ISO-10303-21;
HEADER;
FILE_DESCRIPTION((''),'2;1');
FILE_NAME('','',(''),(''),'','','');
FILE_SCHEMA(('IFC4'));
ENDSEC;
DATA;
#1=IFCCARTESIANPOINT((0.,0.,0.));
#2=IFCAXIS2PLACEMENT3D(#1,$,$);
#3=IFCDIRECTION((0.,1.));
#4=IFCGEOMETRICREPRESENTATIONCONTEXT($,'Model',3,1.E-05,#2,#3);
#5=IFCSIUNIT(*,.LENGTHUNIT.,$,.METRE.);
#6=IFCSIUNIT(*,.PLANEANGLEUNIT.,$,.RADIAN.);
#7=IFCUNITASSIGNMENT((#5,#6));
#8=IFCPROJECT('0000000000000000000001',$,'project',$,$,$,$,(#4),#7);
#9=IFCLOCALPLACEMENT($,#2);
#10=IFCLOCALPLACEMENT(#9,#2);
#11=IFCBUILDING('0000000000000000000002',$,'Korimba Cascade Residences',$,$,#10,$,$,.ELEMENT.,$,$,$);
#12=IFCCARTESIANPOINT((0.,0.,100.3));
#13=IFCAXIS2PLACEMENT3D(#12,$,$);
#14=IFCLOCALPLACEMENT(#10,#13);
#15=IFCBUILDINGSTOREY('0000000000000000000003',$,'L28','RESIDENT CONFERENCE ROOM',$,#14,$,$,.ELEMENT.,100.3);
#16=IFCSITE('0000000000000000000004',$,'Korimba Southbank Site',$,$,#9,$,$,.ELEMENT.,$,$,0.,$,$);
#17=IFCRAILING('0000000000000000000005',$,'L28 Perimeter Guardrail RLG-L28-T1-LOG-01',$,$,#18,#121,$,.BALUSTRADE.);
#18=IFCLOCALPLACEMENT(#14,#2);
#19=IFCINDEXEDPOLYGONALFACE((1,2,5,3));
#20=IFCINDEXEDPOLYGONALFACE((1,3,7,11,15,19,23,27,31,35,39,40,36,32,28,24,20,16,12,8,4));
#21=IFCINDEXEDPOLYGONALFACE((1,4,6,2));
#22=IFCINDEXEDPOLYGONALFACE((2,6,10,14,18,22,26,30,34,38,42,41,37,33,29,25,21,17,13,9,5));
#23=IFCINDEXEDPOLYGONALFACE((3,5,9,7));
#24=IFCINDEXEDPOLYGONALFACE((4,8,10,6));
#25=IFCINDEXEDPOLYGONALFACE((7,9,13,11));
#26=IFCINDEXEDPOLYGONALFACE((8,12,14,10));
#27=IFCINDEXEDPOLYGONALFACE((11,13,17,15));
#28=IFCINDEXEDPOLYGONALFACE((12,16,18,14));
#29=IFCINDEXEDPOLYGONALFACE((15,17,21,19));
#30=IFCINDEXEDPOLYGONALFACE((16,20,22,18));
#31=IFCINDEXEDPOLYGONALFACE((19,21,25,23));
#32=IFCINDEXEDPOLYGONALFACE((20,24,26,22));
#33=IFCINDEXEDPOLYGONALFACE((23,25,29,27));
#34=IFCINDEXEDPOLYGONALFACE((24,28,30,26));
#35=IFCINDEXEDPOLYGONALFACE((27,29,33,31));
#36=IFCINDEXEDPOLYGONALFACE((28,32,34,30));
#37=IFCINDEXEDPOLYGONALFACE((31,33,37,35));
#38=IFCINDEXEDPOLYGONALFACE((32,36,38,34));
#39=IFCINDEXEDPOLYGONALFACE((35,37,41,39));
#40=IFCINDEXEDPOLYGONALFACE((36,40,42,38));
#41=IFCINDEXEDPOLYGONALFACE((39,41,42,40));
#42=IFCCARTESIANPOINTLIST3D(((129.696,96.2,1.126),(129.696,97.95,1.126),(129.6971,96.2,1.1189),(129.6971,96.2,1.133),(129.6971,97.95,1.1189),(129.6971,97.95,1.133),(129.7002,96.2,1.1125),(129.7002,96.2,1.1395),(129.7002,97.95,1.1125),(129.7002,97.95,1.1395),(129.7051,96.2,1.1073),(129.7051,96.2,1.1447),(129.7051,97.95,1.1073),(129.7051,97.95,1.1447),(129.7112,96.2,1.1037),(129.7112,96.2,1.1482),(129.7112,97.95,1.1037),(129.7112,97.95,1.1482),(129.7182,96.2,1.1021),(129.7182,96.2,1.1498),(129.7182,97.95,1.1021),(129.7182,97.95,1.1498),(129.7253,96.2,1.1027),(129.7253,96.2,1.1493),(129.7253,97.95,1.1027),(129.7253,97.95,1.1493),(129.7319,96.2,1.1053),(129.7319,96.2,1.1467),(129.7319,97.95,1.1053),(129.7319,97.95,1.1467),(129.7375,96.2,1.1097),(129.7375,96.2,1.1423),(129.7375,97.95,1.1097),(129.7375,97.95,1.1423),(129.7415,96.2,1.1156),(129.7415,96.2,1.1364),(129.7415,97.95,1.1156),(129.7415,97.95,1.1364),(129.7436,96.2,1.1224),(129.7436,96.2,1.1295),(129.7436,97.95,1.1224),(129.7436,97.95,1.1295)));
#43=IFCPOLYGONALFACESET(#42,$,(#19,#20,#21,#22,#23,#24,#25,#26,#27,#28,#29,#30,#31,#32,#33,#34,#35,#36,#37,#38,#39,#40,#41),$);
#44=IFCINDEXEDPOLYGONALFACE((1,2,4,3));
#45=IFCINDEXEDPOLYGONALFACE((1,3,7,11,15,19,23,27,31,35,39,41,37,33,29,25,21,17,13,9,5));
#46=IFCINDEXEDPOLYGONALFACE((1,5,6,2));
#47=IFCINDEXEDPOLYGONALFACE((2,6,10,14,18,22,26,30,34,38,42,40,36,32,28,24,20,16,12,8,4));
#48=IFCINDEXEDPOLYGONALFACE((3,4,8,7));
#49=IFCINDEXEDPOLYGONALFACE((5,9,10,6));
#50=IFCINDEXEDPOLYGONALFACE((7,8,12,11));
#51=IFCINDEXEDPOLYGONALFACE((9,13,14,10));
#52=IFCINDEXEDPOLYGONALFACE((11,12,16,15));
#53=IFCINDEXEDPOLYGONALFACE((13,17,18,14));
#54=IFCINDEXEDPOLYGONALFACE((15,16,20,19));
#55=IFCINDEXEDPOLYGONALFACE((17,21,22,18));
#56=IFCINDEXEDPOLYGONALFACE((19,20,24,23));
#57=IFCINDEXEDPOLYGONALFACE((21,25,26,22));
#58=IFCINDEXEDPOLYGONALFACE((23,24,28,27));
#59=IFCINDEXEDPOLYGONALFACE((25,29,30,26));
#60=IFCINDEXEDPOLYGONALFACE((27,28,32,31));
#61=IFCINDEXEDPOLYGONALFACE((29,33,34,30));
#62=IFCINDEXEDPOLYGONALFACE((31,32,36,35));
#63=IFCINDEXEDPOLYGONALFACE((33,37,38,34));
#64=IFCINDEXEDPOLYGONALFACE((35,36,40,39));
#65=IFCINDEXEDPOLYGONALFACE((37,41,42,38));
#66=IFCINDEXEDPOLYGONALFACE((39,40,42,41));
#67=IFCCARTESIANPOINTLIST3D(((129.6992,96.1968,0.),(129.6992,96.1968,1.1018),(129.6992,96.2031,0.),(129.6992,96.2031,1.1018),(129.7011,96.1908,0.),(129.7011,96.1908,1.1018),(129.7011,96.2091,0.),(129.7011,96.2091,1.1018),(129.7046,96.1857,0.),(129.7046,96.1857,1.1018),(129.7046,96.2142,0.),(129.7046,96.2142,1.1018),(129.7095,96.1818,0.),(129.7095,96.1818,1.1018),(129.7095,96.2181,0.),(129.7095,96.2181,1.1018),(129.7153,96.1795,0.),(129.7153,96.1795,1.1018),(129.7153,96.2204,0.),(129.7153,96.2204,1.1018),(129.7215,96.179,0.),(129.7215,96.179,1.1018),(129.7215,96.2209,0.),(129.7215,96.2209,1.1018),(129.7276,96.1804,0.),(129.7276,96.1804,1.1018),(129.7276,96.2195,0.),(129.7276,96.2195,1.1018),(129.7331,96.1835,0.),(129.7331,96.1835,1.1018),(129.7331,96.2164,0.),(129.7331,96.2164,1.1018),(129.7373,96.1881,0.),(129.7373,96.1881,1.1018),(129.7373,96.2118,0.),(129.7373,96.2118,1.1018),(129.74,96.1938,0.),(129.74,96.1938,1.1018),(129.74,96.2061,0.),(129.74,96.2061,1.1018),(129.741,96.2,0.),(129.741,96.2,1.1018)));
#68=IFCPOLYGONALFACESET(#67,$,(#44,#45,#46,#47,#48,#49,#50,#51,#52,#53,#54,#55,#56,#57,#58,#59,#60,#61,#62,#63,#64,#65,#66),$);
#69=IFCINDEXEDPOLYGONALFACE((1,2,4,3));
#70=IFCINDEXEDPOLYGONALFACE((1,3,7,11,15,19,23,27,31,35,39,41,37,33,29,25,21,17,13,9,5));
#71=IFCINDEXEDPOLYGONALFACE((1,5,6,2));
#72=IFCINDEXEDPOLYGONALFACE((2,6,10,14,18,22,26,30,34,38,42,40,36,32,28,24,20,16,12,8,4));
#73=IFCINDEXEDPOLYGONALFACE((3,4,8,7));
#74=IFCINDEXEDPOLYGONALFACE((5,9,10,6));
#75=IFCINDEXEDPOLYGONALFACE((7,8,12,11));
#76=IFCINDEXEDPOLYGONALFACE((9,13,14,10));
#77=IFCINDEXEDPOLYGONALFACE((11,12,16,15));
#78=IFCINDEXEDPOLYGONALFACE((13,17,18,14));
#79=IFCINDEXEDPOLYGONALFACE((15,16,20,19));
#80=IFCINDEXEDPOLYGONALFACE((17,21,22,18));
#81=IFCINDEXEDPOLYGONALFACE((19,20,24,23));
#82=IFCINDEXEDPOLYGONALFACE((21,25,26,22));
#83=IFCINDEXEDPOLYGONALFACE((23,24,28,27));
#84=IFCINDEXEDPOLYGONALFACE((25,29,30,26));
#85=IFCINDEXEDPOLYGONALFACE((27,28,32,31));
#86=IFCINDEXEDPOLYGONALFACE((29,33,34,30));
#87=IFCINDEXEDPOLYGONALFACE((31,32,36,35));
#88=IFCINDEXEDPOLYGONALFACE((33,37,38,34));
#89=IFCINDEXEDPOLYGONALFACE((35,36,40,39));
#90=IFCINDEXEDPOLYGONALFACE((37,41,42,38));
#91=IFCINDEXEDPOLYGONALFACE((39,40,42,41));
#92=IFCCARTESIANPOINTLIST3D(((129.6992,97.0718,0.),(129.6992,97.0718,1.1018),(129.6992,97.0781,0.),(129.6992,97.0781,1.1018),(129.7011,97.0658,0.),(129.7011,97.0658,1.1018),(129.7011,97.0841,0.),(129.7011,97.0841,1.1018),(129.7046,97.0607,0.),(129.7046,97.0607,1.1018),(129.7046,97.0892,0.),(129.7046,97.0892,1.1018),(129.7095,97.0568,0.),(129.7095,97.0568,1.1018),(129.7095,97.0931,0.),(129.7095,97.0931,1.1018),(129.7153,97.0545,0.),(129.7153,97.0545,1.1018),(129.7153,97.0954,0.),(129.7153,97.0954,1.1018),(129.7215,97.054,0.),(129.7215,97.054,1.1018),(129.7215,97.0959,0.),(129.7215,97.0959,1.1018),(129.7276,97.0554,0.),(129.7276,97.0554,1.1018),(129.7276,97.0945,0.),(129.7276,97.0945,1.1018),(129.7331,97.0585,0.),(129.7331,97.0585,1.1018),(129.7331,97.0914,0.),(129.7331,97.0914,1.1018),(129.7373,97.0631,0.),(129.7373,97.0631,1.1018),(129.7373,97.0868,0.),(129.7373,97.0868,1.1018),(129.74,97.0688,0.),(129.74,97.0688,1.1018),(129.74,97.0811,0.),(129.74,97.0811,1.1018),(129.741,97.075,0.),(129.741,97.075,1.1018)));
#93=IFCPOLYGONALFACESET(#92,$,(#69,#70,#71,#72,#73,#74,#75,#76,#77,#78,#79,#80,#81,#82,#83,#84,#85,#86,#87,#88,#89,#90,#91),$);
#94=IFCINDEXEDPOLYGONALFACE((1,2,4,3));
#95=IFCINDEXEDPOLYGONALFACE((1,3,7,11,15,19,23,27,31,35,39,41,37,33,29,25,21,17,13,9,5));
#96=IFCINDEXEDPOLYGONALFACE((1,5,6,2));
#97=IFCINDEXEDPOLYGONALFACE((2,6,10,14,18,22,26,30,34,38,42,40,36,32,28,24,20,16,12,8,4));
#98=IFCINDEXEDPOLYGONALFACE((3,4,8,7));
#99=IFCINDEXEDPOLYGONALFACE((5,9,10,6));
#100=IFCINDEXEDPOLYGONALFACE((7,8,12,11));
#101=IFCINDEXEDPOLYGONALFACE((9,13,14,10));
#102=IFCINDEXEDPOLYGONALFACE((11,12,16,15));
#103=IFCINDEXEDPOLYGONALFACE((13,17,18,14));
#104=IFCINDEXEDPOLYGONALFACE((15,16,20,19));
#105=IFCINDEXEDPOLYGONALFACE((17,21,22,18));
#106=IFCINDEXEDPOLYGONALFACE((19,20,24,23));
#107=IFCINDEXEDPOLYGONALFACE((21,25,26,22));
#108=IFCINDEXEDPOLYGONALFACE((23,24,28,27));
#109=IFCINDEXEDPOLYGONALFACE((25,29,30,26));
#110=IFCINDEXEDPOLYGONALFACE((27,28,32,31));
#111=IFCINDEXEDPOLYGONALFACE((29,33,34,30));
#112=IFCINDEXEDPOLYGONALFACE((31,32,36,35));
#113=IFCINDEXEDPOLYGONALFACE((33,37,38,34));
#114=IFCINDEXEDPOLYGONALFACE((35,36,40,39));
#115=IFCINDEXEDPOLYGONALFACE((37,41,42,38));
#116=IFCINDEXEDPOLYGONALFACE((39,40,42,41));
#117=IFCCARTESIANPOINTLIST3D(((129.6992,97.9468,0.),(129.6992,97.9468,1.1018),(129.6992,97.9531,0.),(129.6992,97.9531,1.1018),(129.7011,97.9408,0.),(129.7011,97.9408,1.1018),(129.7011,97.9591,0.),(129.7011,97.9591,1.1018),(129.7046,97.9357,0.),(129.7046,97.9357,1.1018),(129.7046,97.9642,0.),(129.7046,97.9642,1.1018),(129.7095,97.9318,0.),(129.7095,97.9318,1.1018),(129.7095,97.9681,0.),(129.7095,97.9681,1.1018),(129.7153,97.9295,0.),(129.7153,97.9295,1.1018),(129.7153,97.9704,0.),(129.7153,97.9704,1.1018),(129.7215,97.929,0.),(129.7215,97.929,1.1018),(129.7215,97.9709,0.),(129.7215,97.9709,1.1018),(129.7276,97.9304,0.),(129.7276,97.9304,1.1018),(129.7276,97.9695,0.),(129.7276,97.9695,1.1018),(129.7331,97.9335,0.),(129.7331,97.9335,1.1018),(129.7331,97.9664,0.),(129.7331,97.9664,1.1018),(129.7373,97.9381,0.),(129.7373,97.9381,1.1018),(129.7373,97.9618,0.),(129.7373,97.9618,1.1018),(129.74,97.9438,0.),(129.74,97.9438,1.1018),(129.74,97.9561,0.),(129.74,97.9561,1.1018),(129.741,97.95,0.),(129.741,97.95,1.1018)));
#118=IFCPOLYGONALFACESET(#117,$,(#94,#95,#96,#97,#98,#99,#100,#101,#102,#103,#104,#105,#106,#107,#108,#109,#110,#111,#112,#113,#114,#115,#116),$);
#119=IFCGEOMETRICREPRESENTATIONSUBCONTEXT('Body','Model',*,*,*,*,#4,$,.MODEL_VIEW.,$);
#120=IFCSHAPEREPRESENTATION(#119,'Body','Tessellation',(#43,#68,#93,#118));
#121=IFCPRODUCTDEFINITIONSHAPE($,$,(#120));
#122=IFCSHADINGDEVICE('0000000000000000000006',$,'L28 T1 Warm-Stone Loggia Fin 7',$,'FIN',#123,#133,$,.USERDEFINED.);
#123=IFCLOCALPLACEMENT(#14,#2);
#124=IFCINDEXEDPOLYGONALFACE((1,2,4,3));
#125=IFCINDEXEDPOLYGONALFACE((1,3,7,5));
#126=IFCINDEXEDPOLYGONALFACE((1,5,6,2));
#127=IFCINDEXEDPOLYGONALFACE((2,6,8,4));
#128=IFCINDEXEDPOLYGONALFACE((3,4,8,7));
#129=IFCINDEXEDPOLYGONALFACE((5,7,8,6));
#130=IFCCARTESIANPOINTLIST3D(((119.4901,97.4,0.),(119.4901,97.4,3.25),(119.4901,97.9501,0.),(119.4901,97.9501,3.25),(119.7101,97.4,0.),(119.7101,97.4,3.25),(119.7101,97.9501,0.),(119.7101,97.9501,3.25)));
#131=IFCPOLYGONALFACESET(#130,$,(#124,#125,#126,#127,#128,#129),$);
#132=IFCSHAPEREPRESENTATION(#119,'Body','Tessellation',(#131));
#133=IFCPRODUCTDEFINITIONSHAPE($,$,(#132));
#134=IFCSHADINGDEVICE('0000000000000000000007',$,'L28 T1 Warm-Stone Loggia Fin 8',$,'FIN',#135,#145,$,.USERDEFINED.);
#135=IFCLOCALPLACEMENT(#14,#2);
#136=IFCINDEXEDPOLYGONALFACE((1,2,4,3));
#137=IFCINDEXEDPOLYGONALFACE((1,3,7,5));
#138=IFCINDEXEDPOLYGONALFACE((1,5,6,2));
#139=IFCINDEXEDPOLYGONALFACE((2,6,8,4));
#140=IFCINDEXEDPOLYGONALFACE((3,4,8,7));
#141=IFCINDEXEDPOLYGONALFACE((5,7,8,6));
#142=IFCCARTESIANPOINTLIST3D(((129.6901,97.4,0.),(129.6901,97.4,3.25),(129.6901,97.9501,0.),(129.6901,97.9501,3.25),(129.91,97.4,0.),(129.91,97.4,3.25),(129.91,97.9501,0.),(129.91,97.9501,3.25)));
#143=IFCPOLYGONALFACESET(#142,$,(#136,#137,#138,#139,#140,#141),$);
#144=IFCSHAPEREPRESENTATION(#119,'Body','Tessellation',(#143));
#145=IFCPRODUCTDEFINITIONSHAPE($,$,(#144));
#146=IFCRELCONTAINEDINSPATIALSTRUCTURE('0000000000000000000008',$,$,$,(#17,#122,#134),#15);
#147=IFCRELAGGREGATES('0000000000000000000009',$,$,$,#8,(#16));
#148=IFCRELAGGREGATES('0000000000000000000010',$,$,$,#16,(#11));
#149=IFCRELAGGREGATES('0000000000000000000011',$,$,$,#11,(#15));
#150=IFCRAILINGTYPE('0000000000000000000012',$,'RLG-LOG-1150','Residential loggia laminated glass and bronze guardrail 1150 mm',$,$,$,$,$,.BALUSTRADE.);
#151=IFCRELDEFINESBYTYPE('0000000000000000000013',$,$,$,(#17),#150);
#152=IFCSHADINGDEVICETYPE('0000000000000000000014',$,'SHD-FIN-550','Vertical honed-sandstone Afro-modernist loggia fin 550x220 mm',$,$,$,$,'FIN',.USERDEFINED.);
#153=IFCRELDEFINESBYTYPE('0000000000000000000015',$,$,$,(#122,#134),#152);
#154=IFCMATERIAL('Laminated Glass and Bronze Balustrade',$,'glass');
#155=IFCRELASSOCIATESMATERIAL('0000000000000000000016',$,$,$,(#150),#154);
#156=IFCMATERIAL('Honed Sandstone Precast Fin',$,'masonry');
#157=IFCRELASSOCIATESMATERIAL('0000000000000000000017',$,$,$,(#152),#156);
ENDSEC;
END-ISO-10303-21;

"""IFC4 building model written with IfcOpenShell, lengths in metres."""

from ifc_helpers import new_model, si_unit, direction, frame, origin, origin_2d, place, context, subcontext, project, spatial, rectangle, circle, extrude, material, type_object, element, save


model = new_model("IFC4")

# Units and contexts
model_context = context("Model", 3, precision=1e-05, world=origin(), true_north=direction((0.0, 1.0)))
body_context = subcontext(model_context, "Body", "Model", "MODEL_VIEW")
ifc_project = project(units=[si_unit("LENGTHUNIT", "METRE"), si_unit("PLANEANGLEUNIT", "RADIAN")], contexts=[model_context])

# Site, building, storey
site_placement = place(None, origin())
site = spatial("IfcSite", under=ifc_project, at=site_placement, Name="Korimba Southbank Site", CompositionType="ELEMENT", RefElevation=0.0)
building_placement = place(site_placement, origin())
building = spatial("IfcBuilding", under=site, at=building_placement, Name="Korimba Cascade Residences", CompositionType="ELEMENT")
storey_placement = place(building_placement, frame((0.0, 0.0, 100.3)))
storey = spatial("IfcBuildingStorey", under=building, at=storey_placement, Name="L28", Description="RESIDENT CONFERENCE ROOM", CompositionType="ELEMENT", Elevation=100.3)

# Railing
ifc_material_1 = material(Name="Laminated Glass and Bronze Balustrade", Category="glass")
railing_type = type_object("IfcRailingType", Name="RLG-LOG-1150", Description="Residential loggia laminated glass and bronze guardrail 1150 mm", PredefinedType="BALUSTRADE", material=ifc_material_1)
railing_1_placement = place(storey_placement, frame((129.72, 96.2, 0.0)))
element("IfcRailing", 1, at=railing_1_placement, inside=storey, type_object=railing_type, Name="L28 Perimeter Guardrail RLG-L28-T1-LOG-01", PredefinedType="BALUSTRADE", context=body_context, shape_type="SweptSolid", body=[
    extrude(circle(Radius=0.0239, at=origin_2d()), frame((0.0, 0.0, 1.126), z_axis=(0.0, 1.0, 0.0), x_axis=(-1.0, 0.0, 0.0)), (0.0, 0.0, 1.0), 1.75),
    extrude(circle(Radius=0.021, at=origin_2d()), origin(), (0.0, 0.0, 1.0), 1.1018),
    extrude(circle(Radius=0.021, at=origin_2d()), frame((0.0, 0.875, 0.0)), (0.0, 0.0, 1.0), 1.1018),
    extrude(circle(Radius=0.021, at=origin_2d()), frame((0.0, 1.75, 0.0)), (0.0, 0.0, 1.0), 1.1018),
])

# Shading devices
ifc_material_2 = material(Name="Honed Sandstone Precast Fin", Category="masonry")
shading_device_type = type_object("IfcShadingDeviceType", Name="SHD-FIN-550", Description="Vertical honed-sandstone Afro-modernist loggia fin 550x220 mm", ElementType="FIN", PredefinedType="USERDEFINED", material=ifc_material_2)
for number, where, z_axis, x_axis, name in (
    (2, (119.6001, 97.675, 0.0), (0.0, 0.0, 1.0), (1.0, 0.0, 0.0), "L28 T1 Warm-Stone Loggia Fin 7"),
    (3, (129.8, 97.675, 0.0), (0.0, 0.0, 1.0), (1.0, 0.0, 0.0), "L28 T1 Warm-Stone Loggia Fin 8"),
):
    element("IfcShadingDevice", number, at=place(storey_placement, frame(where, z_axis=z_axis, x_axis=x_axis)), inside=storey, type_object=shading_device_type, Name=name, ObjectType="FIN", PredefinedType="USERDEFINED", context=body_context, shape_type="SweptSolid", body=[
        extrude(rectangle(XDim=0.22, YDim=0.55, at=origin_2d()), origin(), (0.0, 0.0, 1.0), 3.25),
    ])

save(model, "model.ifc")
